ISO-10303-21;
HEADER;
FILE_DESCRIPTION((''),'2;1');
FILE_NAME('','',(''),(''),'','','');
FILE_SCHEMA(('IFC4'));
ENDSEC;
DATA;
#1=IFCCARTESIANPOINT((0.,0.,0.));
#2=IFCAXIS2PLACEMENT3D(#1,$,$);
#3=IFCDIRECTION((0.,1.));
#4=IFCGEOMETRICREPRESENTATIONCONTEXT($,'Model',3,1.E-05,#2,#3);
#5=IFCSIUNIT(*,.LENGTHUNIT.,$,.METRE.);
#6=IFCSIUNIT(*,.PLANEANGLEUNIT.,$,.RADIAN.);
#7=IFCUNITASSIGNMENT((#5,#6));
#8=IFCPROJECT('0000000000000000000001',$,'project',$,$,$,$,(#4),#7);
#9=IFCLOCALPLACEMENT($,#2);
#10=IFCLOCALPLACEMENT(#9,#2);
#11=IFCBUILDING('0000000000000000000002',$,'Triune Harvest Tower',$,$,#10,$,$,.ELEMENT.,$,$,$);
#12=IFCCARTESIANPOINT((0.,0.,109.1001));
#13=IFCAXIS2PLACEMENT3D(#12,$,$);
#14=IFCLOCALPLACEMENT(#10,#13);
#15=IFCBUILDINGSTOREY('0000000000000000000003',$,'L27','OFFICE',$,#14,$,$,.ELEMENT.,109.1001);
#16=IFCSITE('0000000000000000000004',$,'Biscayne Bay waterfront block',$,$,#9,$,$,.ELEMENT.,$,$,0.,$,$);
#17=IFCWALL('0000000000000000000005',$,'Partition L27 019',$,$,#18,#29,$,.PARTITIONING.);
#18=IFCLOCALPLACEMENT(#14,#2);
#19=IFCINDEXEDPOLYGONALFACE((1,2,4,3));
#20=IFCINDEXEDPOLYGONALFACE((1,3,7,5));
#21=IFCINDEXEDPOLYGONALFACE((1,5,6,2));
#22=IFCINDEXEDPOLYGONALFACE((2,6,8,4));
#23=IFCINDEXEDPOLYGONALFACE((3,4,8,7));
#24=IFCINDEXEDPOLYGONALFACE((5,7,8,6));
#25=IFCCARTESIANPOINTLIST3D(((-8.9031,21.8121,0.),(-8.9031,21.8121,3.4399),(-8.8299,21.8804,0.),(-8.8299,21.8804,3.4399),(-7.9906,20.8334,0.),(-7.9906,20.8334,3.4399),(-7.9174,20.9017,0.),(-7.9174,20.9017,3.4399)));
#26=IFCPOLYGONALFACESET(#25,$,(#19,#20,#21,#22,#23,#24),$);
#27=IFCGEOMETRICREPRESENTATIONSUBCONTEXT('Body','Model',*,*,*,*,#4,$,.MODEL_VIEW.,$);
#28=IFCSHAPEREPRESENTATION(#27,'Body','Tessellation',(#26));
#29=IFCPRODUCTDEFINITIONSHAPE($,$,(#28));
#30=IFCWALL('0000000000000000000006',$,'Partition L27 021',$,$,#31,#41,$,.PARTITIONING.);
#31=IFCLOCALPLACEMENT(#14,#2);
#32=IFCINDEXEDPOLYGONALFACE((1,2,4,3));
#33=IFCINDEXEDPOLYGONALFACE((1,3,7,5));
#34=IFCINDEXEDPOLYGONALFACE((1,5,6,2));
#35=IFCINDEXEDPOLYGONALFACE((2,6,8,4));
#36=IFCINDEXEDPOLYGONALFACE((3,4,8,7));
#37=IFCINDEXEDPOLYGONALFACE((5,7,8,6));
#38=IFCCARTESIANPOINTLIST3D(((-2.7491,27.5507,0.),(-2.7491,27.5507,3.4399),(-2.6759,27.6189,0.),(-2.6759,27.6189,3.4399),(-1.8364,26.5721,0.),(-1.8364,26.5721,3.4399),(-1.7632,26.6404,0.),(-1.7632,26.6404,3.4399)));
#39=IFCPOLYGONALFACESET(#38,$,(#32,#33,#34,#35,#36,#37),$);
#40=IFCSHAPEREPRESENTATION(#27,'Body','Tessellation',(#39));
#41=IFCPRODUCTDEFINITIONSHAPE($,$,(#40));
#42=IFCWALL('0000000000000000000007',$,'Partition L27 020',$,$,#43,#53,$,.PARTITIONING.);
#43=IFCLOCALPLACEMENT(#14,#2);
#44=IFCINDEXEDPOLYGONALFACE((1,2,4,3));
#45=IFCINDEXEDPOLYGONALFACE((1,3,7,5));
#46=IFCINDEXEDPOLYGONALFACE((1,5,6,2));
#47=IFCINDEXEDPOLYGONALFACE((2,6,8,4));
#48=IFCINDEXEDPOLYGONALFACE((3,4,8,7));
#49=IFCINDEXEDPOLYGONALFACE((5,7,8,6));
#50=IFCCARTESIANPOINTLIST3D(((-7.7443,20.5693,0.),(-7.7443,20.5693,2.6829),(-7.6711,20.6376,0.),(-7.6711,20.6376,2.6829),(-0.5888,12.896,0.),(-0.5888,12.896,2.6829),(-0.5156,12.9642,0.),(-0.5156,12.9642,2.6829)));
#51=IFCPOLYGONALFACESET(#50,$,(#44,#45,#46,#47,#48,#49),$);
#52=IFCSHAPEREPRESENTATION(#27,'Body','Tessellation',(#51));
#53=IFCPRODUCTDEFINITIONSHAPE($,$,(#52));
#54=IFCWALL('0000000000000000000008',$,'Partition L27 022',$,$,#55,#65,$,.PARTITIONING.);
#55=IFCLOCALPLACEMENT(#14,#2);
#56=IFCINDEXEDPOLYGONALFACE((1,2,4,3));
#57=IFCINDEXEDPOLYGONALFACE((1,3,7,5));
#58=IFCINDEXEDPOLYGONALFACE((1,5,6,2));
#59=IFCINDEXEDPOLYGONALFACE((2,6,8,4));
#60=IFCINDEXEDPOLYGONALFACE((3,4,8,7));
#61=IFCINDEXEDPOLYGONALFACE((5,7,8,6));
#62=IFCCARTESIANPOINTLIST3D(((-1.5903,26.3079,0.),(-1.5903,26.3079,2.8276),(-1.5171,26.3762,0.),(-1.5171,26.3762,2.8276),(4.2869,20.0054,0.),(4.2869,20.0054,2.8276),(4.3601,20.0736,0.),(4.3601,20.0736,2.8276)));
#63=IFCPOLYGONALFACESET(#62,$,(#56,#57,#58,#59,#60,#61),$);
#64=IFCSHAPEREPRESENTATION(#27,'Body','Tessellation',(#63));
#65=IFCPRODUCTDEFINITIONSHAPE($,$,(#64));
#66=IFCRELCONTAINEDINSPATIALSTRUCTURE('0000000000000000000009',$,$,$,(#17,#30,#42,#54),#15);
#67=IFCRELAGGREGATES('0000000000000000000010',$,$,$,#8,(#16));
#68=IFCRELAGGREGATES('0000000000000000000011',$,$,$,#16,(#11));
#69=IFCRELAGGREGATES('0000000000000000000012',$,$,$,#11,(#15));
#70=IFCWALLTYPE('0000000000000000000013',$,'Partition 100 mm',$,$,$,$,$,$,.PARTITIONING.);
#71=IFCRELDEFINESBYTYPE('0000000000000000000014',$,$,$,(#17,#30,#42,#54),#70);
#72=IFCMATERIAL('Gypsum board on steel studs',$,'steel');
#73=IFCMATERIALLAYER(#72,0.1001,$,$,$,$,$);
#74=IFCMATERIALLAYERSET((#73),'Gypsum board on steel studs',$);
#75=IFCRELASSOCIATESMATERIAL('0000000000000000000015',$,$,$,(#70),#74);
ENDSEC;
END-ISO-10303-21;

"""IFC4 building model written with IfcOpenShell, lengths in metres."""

from ifc_helpers import new_model, si_unit, direction, frame, frame_2d, origin, place, context, subcontext, project, spatial, rectangle, extrude, source, transform, mapped, material, layer, layer_set, type_object, element, save


model = new_model("IFC4")

# Units and contexts
model_context = context("Model", 3, precision=1e-05, world=origin(), true_north=direction((0.0, 1.0)))
body_context = subcontext(model_context, "Body", "Model", "MODEL_VIEW")
ifc_project = project(units=[si_unit("LENGTHUNIT", "METRE"), si_unit("PLANEANGLEUNIT", "RADIAN")], contexts=[model_context])

# Site, building, storey
site_placement = place(None, origin())
site = spatial("IfcSite", under=ifc_project, at=site_placement, Name="Biscayne Bay waterfront block", CompositionType="ELEMENT", RefElevation=0.0)
building_placement = place(site_placement, origin())
building = spatial("IfcBuilding", under=site, at=building_placement, Name="Triune Harvest Tower", CompositionType="ELEMENT")
storey_placement = place(building_placement, frame((0.0, 0.0, 109.1001)))
storey = spatial("IfcBuildingStorey", under=building, at=storey_placement, Name="L27", Description="OFFICE", CompositionType="ELEMENT", Elevation=109.1001)

# Walls
ifc_material_1 = material(Name="Gypsum board on steel studs", Category="steel")
ifc_layer_1 = layer(ifc_material_1, 0.1001)
ifc_layer_set_1 = layer_set([ifc_layer_1], Name="Gypsum board on steel studs")
wall_type_1 = type_object("IfcWallType", Name="Partition 100 mm", PredefinedType="PARTITIONING", material=ifc_layer_set_1)
shared_shape_1 = source(origin(), body_context, "Body", "SweptSolid", [
    extrude(rectangle(XDim=1.3381, YDim=0.1001, at=frame_2d((0.6689, 0.0))), origin(), (0.0, 0.0, 1.0), 3.4399),
])
for number, where, z_axis, x_axis, name in (
    (1, (-8.8665, 21.8462, 0.0), (0.0, 0.0, 1.0), (0.681954, -0.731395, 0.0), "Partition L27 019"),
    (2, (-2.7124, 27.5847, 0.0), (0.0, 0.0, 1.0), (0.682045, -0.73131, 0.0), "Partition L27 021"),
):
    element("IfcWall", number, at=place(storey_placement, frame(where, z_axis=z_axis, x_axis=x_axis)), inside=storey, type_object=wall_type_1, Name=name, PredefinedType="PARTITIONING", context=body_context, shape_type="MappedRepresentation", body=[
        mapped(shared_shape_1, transform((0.0, 0.0, 0.0), scale=1.0)),
    ])
shared_shape_2 = source(origin(), body_context, "Body", "SweptSolid", [
    extrude(rectangle(XDim=10.4919, YDim=0.1001, at=frame_2d((5.2461, 0.0))), origin(), (0.0, 0.0, 1.0), 2.6829),
])
wall_1_placement = place(storey_placement, frame((-7.7078, 20.6035, 0.0), z_axis=(0.0, 0.0, 1.0), x_axis=(0.681999, -0.731353, 0.0)))
element("IfcWall", 3, at=wall_1_placement, inside=storey, type_object=wall_type_1, Name="Partition L27 020", PredefinedType="PARTITIONING", context=body_context, shape_type="MappedRepresentation", body=[
    mapped(shared_shape_2, transform((0.0, 0.0, 0.0), scale=1.0)),
])
shared_shape_3 = source(origin(), body_context, "Body", "SweptSolid", [
    extrude(rectangle(XDim=8.6177, YDim=0.1001, at=frame_2d((4.3088, 0.0))), origin(), (0.0, 0.0, 1.0), 2.8276),
])
wall_2_placement = place(storey_placement, frame((-1.5537, 26.342, 0.0), z_axis=(0.0, 0.0, 1.0), x_axis=(0.682, -0.731352, 0.0)))
element("IfcWall", 4, at=wall_2_placement, inside=storey, type_object=wall_type_1, Name="Partition L27 022", PredefinedType="PARTITIONING", context=body_context, shape_type="MappedRepresentation", body=[
    mapped(shared_shape_3, transform((0.0, 0.0, 0.0), scale=1.0)),
])

save(model, "model.ifc")
